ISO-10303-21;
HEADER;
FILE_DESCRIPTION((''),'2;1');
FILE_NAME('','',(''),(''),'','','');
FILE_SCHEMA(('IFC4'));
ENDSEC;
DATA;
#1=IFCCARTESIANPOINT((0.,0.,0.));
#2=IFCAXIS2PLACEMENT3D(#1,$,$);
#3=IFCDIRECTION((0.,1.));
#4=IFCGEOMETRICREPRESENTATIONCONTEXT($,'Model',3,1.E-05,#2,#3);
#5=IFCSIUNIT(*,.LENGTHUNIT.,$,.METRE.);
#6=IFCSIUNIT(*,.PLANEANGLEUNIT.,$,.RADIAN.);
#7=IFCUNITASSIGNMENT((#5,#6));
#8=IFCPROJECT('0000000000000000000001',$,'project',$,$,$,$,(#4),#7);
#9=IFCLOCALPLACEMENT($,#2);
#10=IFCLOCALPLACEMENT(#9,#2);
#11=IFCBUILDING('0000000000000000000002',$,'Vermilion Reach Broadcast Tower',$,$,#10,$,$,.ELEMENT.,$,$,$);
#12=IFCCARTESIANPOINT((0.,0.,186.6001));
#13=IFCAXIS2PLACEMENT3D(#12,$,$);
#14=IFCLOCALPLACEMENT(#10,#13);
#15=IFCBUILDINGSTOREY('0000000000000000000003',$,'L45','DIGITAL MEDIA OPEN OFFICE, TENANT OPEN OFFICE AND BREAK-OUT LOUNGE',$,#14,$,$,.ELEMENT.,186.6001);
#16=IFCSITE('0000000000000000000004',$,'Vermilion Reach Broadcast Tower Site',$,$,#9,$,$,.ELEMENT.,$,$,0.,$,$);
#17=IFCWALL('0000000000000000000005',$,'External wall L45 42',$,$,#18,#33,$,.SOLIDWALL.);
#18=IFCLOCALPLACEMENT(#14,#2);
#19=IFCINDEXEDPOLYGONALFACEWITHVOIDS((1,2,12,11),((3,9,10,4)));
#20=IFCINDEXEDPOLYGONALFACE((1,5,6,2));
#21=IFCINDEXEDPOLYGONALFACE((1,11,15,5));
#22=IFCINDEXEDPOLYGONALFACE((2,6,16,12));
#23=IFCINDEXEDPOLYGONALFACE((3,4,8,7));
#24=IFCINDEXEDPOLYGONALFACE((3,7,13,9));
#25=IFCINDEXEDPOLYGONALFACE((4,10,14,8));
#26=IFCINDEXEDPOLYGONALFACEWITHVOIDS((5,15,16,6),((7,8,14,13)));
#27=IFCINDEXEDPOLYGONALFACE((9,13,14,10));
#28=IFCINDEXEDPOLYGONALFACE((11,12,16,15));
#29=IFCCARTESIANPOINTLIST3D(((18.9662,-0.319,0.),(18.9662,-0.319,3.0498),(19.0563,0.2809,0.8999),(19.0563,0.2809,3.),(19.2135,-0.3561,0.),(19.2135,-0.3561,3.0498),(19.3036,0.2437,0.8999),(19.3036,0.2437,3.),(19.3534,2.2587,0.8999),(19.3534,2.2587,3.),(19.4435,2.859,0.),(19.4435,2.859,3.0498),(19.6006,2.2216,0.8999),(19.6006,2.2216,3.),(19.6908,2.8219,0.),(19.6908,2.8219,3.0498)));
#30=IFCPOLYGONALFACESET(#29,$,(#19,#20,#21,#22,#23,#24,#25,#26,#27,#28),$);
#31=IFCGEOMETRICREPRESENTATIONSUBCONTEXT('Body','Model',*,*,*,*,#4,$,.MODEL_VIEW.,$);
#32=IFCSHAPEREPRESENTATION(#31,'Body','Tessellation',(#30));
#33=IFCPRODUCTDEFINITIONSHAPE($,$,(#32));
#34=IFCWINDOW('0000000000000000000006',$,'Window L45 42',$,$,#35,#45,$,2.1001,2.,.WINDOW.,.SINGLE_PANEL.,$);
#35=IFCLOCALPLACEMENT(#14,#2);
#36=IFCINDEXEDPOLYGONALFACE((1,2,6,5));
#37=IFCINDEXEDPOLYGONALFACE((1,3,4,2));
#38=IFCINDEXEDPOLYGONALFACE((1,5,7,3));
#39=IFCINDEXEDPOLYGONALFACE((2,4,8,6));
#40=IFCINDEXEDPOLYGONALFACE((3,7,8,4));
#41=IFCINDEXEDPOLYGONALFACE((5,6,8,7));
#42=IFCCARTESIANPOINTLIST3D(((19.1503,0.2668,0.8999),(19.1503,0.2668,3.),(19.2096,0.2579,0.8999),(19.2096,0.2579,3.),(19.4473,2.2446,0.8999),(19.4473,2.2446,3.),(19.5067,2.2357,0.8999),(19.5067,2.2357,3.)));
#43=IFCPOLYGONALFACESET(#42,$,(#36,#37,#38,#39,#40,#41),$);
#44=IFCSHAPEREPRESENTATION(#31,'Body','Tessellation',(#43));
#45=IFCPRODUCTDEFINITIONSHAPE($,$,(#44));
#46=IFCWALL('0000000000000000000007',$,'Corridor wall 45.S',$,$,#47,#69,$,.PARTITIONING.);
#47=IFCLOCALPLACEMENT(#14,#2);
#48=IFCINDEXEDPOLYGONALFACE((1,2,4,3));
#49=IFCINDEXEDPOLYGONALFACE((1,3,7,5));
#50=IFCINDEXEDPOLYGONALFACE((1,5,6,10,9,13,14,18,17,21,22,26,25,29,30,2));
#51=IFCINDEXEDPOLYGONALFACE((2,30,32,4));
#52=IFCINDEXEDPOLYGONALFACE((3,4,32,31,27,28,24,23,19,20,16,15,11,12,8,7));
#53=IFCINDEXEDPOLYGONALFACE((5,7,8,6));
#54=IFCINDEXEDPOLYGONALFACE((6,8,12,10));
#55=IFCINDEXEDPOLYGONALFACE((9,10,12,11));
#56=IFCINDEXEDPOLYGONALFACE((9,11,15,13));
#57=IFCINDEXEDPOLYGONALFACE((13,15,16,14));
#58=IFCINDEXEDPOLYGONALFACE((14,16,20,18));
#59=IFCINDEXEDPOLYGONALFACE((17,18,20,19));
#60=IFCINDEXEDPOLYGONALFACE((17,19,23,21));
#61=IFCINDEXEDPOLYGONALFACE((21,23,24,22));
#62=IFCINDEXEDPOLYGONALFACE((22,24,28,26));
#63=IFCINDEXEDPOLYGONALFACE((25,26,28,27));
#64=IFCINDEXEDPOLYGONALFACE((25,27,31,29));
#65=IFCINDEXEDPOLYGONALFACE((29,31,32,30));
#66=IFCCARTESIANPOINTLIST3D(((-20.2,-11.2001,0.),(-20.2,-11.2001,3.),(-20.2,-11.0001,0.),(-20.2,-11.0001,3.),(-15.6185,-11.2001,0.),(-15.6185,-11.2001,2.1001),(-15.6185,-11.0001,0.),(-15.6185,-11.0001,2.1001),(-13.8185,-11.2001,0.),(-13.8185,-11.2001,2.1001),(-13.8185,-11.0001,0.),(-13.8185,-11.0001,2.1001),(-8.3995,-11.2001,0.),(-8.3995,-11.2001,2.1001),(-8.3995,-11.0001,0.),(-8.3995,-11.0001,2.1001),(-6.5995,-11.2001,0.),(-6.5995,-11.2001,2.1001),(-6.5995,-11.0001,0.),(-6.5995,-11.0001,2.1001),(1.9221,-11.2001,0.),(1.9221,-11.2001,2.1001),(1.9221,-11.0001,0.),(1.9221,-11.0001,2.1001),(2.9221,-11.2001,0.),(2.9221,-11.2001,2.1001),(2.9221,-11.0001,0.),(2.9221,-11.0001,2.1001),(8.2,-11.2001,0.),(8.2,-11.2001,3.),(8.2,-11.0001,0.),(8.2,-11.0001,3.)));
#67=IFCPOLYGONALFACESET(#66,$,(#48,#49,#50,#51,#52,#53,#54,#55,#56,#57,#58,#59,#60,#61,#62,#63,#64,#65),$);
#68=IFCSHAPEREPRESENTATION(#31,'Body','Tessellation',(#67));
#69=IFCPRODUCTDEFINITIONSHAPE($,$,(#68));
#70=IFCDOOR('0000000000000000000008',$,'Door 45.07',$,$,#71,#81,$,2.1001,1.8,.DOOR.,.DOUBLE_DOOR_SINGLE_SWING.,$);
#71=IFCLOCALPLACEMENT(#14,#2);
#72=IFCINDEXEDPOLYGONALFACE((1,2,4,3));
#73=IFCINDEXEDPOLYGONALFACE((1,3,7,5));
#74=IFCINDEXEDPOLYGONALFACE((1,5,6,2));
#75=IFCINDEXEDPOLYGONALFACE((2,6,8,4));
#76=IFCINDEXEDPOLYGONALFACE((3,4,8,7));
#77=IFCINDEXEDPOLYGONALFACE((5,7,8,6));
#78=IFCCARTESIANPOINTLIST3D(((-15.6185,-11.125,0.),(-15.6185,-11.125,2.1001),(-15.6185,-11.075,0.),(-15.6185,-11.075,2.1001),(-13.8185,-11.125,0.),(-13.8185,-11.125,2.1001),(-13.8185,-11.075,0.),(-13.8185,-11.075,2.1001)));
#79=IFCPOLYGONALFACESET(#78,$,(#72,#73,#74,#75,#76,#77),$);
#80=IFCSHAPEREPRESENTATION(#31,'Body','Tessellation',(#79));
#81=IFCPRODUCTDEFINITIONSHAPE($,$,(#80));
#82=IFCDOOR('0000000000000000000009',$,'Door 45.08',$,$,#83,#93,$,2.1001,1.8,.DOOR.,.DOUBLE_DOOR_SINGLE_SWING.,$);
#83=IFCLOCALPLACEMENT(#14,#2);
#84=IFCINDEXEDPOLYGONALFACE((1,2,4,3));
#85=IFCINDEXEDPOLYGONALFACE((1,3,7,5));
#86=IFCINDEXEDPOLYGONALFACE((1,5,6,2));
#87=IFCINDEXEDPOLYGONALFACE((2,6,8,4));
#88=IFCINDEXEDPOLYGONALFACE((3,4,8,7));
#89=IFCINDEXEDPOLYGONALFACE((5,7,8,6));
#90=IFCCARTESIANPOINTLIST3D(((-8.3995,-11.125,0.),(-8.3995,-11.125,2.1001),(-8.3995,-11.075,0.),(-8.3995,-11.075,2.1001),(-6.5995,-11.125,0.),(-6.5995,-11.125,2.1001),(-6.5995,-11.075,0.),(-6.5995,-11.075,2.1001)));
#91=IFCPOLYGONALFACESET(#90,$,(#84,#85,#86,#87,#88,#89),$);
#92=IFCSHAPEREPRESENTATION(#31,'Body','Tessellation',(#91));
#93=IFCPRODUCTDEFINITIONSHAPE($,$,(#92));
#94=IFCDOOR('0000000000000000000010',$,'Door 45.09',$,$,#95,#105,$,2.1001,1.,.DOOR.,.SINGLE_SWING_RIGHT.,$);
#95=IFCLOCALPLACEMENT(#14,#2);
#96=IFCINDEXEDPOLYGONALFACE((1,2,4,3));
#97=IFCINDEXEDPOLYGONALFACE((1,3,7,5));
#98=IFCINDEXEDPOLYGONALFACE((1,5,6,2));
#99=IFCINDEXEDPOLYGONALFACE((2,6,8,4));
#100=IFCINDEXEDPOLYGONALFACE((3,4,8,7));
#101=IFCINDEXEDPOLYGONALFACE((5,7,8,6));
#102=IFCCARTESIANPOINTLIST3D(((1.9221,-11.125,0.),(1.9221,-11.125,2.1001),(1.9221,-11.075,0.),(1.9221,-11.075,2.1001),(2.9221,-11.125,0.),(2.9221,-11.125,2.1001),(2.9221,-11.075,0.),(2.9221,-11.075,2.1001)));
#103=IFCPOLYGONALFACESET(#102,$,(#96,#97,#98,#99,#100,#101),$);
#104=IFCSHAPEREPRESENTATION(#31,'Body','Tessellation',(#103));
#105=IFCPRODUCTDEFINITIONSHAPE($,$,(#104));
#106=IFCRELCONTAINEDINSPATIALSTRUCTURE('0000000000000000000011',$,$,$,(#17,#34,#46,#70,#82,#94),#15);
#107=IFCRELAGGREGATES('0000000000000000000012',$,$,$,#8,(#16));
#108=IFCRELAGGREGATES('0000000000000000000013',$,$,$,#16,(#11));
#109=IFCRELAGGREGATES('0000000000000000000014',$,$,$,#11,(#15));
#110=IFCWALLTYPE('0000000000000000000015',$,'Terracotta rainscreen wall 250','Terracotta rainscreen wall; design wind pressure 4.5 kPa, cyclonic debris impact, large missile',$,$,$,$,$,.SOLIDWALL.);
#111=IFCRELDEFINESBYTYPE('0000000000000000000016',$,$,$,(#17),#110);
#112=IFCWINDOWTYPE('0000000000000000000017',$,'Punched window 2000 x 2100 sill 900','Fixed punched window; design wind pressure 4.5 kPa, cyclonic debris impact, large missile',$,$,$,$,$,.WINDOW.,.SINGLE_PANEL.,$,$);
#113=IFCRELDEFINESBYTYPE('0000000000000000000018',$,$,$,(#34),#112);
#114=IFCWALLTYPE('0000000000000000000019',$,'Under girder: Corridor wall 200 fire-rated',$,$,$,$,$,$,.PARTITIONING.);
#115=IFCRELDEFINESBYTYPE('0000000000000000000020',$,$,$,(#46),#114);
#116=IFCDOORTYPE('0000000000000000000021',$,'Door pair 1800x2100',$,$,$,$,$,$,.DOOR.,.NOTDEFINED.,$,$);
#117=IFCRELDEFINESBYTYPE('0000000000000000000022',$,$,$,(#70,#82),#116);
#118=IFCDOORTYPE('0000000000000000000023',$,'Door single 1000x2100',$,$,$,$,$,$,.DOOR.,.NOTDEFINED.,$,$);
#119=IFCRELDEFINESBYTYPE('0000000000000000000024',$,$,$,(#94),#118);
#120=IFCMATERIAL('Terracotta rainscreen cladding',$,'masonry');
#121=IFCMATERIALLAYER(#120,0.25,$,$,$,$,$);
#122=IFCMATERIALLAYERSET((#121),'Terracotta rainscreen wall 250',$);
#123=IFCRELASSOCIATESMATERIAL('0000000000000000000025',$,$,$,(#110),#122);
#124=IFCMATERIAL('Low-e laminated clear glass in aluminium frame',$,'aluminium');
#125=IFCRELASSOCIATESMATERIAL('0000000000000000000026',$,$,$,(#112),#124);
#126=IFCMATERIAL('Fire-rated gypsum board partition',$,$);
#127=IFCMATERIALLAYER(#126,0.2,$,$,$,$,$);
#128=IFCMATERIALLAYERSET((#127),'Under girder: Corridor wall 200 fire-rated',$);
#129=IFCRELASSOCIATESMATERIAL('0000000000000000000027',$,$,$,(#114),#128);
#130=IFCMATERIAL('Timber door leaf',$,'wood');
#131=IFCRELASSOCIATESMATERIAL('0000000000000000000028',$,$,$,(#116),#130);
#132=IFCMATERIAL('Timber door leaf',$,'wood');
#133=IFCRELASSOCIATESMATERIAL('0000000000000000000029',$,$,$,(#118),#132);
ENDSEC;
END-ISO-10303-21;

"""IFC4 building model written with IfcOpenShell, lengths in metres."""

from ifc_helpers import new_model, si_unit, direction, frame, frame_2d, origin, place, context, subcontext, project, spatial, rectangle, extrude, material, layer, layer_set, type_object, element, fill, save


model = new_model("IFC4")

# Units and contexts
model_context = context("Model", 3, precision=1e-05, world=origin(), true_north=direction((0.0, 1.0)))
body_context = subcontext(model_context, "Body", "Model", "MODEL_VIEW")
ifc_project = project(units=[si_unit("LENGTHUNIT", "METRE"), si_unit("PLANEANGLEUNIT", "RADIAN")], contexts=[model_context])

# Site, building, storey
site_placement = place(None, origin())
site = spatial("IfcSite", under=ifc_project, at=site_placement, Name="Vermilion Reach Broadcast Tower Site", CompositionType="ELEMENT", RefElevation=0.0)
building_placement = place(site_placement, origin())
building = spatial("IfcBuilding", under=site, at=building_placement, Name="Vermilion Reach Broadcast Tower", CompositionType="ELEMENT")
storey_placement = place(building_placement, frame((0.0, 0.0, 186.6001)))
storey = spatial("IfcBuildingStorey", under=building, at=storey_placement, Name="L45", Description="DIGITAL MEDIA OPEN OFFICE, TENANT OPEN OFFICE AND BREAK-OUT LOUNGE", CompositionType="ELEMENT", Elevation=186.6001)

# Shared definitions
ifc_material_1 = material(Name="Terracotta rainscreen cladding", Category="masonry")
ifc_layer_1 = layer(ifc_material_1, 0.25)
ifc_layer_set_1 = layer_set([ifc_layer_1], Name="Terracotta rainscreen wall 250")
wall_type_1 = type_object("IfcWallType", Name="Terracotta rainscreen wall 250", Description="Terracotta rainscreen wall; design wind pressure 4.5 kPa, cyclonic debris impact, large missile", PredefinedType="SOLIDWALL", material=ifc_layer_set_1)

# Wall, opening, window
ifc_material_2 = material(Name="Low-e laminated clear glass in aluminium frame", Category="aluminium")
window_type = type_object("IfcWindowType", Name="Punched window 2000 x 2100 sill 900", Description="Fixed punched window; design wind pressure 4.5 kPa, cyclonic debris impact, large missile", PartitioningType="SINGLE_PANEL", PredefinedType="WINDOW", material=ifc_material_2)
wall_1_placement = place(storey_placement, frame((19.0898, -0.3376, 0.0), z_axis=(0.0, 0.0, 1.0), x_axis=(0.148522, 0.988909, 0.0)))
wall_1 = element("IfcWall", 1, at=wall_1_placement, inside=storey, type_object=wall_type_1, Name="External wall L45 42", PredefinedType="SOLIDWALL", context=body_context, shape_type="SweptSolid", body=[
    extrude(rectangle(XDim=3.2136, YDim=0.25, at=frame_2d((1.6069, 0.0))), origin(), (0.0, 0.0, 1.0), 3.0498),
])
opening_1_placement = place(wall_1_placement, frame((0.6067, 0.0, 0.8999)))
opening_1 = element("IfcOpeningElement", 2, at=opening_1_placement, cuts=wall_1, PredefinedType="OPENING", context=body_context, shape_type="SweptSolid", body=[
    extrude(rectangle(XDim=2.0, YDim=2.1001, at=frame_2d((1.0, 1.05))), frame((0.0, 0.135, 0.0), z_axis=(0.0, -1.0, 0.0), x_axis=(1.0, 0.0, 0.0)), (0.0, 0.0, 1.0), 0.27),
])
window_1_placement = place(opening_1_placement, origin())
window_1 = element("IfcWindow", 3, at=window_1_placement, inside=storey, type_object=window_type, Name="Window L45 42", OverallHeight=2.1001, OverallWidth=2.0, PartitioningType="SINGLE_PANEL", PredefinedType="WINDOW", context=body_context, shape_type="SweptSolid", body=[
    extrude(rectangle(XDim=2.0, YDim=2.1001, at=frame_2d((1.0, 1.05))), frame((0.0, 0.03, 0.0), z_axis=(0.0, -1.0, 0.0), x_axis=(1.0, 0.0, 0.0)), (0.0, 0.0, 1.0), 0.0601),
])
fill(opening_1, window_1)

# Wall, openings, doors
ifc_material_3 = material(Name="Fire-rated gypsum board partition")
ifc_layer_2 = layer(ifc_material_3, 0.2)
ifc_layer_set_2 = layer_set([ifc_layer_2], Name="Under girder: Corridor wall 200 fire-rated")
wall_type_2 = type_object("IfcWallType", Name="Under girder: Corridor wall 200 fire-rated", PredefinedType="PARTITIONING", material=ifc_layer_set_2)
wall_2_placement = place(storey_placement, frame((8.2, -11.1001, 0.0), z_axis=(0.0, 0.0, 1.0), x_axis=(-1.0, 0.0, 0.0)))
wall_2 = element("IfcWall", 4, at=wall_2_placement, inside=storey, type_object=wall_type_2, Name="Corridor wall 45.S", PredefinedType="PARTITIONING", context=body_context, shape_type="SweptSolid", body=[
    extrude(rectangle(XDim=28.3999, YDim=0.2, at=frame_2d((14.2, 0.0))), origin(), (0.0, 0.0, 1.0), 3.0),
])
opening_2_placement = place(wall_2_placement, frame((22.0186, 0.0, 0.0)))
opening_2 = element("IfcOpeningElement", 5, at=opening_2_placement, cuts=wall_2, PredefinedType="OPENING", context=body_context, shape_type="SweptSolid", body=[
    extrude(rectangle(XDim=1.8, YDim=2.1001, at=frame_2d((0.8999, 1.05))), frame((0.0, 0.1099, 0.0), z_axis=(0.0, -1.0, 0.0), x_axis=(1.0, 0.0, 0.0)), (0.0, 0.0, 1.0), 0.22),
])
opening_3_placement = place(wall_2_placement, frame((14.7996, 0.0, 0.0)))
opening_3 = element("IfcOpeningElement", 6, at=opening_3_placement, cuts=wall_2, PredefinedType="OPENING", context=body_context, shape_type="SweptSolid", body=[
    extrude(rectangle(XDim=1.8, YDim=2.1001, at=frame_2d((0.8999, 1.05))), frame((0.0, 0.1099, 0.0), z_axis=(0.0, -1.0, 0.0), x_axis=(1.0, 0.0, 0.0)), (0.0, 0.0, 1.0), 0.22),
])
opening_4_placement = place(wall_2_placement, frame((5.2778, 0.0, 0.0)))
opening_4 = element("IfcOpeningElement", 7, at=opening_4_placement, cuts=wall_2, PredefinedType="OPENING", context=body_context, shape_type="SweptSolid", body=[
    extrude(rectangle(XDim=1.0, YDim=2.1001, at=frame_2d((0.5, 1.05))), frame((0.0, 0.1099, 0.0), z_axis=(0.0, -1.0, 0.0), x_axis=(1.0, 0.0, 0.0)), (0.0, 0.0, 1.0), 0.22),
])
ifc_material_4 = material(Name="Timber door leaf", Category="wood")
door_type_1 = type_object("IfcDoorType", Name="Door pair 1800x2100", OperationType="NOTDEFINED", PredefinedType="DOOR", material=ifc_material_4)
door_1_placement = place(opening_2_placement, origin())
door_1 = element("IfcDoor", 8, at=door_1_placement, inside=storey, type_object=door_type_1, Name="Door 45.07", OperationType="DOUBLE_DOOR_SINGLE_SWING", OverallHeight=2.1001, OverallWidth=1.8, PredefinedType="DOOR", context=body_context, shape_type="SweptSolid", body=[
    extrude(rectangle(XDim=1.8, YDim=2.1001, at=frame_2d((0.8999, 1.05))), frame((0.0, 0.0249, 0.0), z_axis=(0.0, -1.0, 0.0), x_axis=(1.0, 0.0, 0.0)), (0.0, 0.0, 1.0), 0.05),
])
fill(opening_2, door_1)
door_2_placement = place(opening_3_placement, origin())
door_2 = element("IfcDoor", 9, at=door_2_placement, inside=storey, type_object=door_type_1, Name="Door 45.08", OperationType="DOUBLE_DOOR_SINGLE_SWING", OverallHeight=2.1001, OverallWidth=1.8, PredefinedType="DOOR", context=body_context, shape_type="SweptSolid", body=[
    extrude(rectangle(XDim=1.8, YDim=2.1001, at=frame_2d((0.8999, 1.05))), frame((0.0, 0.0249, 0.0), z_axis=(0.0, -1.0, 0.0), x_axis=(1.0, 0.0, 0.0)), (0.0, 0.0, 1.0), 0.05),
])
fill(opening_3, door_2)
ifc_material_5 = material(Name="Timber door leaf", Category="wood")
door_type_2 = type_object("IfcDoorType", Name="Door single 1000x2100", OperationType="NOTDEFINED", PredefinedType="DOOR", material=ifc_material_5)
door_3_placement = place(opening_4_placement, origin())
door_3 = element("IfcDoor", 10, at=door_3_placement, inside=storey, type_object=door_type_2, Name="Door 45.09", OperationType="SINGLE_SWING_RIGHT", OverallHeight=2.1001, OverallWidth=1.0, PredefinedType="DOOR", context=body_context, shape_type="SweptSolid", body=[
    extrude(rectangle(XDim=1.0, YDim=2.1001, at=frame_2d((0.5, 1.05))), frame((0.0, 0.0249, 0.0), z_axis=(0.0, -1.0, 0.0), x_axis=(1.0, 0.0, 0.0)), (0.0, 0.0, 1.0), 0.05),
])
fill(opening_4, door_3)

save(model, "model.ifc")
